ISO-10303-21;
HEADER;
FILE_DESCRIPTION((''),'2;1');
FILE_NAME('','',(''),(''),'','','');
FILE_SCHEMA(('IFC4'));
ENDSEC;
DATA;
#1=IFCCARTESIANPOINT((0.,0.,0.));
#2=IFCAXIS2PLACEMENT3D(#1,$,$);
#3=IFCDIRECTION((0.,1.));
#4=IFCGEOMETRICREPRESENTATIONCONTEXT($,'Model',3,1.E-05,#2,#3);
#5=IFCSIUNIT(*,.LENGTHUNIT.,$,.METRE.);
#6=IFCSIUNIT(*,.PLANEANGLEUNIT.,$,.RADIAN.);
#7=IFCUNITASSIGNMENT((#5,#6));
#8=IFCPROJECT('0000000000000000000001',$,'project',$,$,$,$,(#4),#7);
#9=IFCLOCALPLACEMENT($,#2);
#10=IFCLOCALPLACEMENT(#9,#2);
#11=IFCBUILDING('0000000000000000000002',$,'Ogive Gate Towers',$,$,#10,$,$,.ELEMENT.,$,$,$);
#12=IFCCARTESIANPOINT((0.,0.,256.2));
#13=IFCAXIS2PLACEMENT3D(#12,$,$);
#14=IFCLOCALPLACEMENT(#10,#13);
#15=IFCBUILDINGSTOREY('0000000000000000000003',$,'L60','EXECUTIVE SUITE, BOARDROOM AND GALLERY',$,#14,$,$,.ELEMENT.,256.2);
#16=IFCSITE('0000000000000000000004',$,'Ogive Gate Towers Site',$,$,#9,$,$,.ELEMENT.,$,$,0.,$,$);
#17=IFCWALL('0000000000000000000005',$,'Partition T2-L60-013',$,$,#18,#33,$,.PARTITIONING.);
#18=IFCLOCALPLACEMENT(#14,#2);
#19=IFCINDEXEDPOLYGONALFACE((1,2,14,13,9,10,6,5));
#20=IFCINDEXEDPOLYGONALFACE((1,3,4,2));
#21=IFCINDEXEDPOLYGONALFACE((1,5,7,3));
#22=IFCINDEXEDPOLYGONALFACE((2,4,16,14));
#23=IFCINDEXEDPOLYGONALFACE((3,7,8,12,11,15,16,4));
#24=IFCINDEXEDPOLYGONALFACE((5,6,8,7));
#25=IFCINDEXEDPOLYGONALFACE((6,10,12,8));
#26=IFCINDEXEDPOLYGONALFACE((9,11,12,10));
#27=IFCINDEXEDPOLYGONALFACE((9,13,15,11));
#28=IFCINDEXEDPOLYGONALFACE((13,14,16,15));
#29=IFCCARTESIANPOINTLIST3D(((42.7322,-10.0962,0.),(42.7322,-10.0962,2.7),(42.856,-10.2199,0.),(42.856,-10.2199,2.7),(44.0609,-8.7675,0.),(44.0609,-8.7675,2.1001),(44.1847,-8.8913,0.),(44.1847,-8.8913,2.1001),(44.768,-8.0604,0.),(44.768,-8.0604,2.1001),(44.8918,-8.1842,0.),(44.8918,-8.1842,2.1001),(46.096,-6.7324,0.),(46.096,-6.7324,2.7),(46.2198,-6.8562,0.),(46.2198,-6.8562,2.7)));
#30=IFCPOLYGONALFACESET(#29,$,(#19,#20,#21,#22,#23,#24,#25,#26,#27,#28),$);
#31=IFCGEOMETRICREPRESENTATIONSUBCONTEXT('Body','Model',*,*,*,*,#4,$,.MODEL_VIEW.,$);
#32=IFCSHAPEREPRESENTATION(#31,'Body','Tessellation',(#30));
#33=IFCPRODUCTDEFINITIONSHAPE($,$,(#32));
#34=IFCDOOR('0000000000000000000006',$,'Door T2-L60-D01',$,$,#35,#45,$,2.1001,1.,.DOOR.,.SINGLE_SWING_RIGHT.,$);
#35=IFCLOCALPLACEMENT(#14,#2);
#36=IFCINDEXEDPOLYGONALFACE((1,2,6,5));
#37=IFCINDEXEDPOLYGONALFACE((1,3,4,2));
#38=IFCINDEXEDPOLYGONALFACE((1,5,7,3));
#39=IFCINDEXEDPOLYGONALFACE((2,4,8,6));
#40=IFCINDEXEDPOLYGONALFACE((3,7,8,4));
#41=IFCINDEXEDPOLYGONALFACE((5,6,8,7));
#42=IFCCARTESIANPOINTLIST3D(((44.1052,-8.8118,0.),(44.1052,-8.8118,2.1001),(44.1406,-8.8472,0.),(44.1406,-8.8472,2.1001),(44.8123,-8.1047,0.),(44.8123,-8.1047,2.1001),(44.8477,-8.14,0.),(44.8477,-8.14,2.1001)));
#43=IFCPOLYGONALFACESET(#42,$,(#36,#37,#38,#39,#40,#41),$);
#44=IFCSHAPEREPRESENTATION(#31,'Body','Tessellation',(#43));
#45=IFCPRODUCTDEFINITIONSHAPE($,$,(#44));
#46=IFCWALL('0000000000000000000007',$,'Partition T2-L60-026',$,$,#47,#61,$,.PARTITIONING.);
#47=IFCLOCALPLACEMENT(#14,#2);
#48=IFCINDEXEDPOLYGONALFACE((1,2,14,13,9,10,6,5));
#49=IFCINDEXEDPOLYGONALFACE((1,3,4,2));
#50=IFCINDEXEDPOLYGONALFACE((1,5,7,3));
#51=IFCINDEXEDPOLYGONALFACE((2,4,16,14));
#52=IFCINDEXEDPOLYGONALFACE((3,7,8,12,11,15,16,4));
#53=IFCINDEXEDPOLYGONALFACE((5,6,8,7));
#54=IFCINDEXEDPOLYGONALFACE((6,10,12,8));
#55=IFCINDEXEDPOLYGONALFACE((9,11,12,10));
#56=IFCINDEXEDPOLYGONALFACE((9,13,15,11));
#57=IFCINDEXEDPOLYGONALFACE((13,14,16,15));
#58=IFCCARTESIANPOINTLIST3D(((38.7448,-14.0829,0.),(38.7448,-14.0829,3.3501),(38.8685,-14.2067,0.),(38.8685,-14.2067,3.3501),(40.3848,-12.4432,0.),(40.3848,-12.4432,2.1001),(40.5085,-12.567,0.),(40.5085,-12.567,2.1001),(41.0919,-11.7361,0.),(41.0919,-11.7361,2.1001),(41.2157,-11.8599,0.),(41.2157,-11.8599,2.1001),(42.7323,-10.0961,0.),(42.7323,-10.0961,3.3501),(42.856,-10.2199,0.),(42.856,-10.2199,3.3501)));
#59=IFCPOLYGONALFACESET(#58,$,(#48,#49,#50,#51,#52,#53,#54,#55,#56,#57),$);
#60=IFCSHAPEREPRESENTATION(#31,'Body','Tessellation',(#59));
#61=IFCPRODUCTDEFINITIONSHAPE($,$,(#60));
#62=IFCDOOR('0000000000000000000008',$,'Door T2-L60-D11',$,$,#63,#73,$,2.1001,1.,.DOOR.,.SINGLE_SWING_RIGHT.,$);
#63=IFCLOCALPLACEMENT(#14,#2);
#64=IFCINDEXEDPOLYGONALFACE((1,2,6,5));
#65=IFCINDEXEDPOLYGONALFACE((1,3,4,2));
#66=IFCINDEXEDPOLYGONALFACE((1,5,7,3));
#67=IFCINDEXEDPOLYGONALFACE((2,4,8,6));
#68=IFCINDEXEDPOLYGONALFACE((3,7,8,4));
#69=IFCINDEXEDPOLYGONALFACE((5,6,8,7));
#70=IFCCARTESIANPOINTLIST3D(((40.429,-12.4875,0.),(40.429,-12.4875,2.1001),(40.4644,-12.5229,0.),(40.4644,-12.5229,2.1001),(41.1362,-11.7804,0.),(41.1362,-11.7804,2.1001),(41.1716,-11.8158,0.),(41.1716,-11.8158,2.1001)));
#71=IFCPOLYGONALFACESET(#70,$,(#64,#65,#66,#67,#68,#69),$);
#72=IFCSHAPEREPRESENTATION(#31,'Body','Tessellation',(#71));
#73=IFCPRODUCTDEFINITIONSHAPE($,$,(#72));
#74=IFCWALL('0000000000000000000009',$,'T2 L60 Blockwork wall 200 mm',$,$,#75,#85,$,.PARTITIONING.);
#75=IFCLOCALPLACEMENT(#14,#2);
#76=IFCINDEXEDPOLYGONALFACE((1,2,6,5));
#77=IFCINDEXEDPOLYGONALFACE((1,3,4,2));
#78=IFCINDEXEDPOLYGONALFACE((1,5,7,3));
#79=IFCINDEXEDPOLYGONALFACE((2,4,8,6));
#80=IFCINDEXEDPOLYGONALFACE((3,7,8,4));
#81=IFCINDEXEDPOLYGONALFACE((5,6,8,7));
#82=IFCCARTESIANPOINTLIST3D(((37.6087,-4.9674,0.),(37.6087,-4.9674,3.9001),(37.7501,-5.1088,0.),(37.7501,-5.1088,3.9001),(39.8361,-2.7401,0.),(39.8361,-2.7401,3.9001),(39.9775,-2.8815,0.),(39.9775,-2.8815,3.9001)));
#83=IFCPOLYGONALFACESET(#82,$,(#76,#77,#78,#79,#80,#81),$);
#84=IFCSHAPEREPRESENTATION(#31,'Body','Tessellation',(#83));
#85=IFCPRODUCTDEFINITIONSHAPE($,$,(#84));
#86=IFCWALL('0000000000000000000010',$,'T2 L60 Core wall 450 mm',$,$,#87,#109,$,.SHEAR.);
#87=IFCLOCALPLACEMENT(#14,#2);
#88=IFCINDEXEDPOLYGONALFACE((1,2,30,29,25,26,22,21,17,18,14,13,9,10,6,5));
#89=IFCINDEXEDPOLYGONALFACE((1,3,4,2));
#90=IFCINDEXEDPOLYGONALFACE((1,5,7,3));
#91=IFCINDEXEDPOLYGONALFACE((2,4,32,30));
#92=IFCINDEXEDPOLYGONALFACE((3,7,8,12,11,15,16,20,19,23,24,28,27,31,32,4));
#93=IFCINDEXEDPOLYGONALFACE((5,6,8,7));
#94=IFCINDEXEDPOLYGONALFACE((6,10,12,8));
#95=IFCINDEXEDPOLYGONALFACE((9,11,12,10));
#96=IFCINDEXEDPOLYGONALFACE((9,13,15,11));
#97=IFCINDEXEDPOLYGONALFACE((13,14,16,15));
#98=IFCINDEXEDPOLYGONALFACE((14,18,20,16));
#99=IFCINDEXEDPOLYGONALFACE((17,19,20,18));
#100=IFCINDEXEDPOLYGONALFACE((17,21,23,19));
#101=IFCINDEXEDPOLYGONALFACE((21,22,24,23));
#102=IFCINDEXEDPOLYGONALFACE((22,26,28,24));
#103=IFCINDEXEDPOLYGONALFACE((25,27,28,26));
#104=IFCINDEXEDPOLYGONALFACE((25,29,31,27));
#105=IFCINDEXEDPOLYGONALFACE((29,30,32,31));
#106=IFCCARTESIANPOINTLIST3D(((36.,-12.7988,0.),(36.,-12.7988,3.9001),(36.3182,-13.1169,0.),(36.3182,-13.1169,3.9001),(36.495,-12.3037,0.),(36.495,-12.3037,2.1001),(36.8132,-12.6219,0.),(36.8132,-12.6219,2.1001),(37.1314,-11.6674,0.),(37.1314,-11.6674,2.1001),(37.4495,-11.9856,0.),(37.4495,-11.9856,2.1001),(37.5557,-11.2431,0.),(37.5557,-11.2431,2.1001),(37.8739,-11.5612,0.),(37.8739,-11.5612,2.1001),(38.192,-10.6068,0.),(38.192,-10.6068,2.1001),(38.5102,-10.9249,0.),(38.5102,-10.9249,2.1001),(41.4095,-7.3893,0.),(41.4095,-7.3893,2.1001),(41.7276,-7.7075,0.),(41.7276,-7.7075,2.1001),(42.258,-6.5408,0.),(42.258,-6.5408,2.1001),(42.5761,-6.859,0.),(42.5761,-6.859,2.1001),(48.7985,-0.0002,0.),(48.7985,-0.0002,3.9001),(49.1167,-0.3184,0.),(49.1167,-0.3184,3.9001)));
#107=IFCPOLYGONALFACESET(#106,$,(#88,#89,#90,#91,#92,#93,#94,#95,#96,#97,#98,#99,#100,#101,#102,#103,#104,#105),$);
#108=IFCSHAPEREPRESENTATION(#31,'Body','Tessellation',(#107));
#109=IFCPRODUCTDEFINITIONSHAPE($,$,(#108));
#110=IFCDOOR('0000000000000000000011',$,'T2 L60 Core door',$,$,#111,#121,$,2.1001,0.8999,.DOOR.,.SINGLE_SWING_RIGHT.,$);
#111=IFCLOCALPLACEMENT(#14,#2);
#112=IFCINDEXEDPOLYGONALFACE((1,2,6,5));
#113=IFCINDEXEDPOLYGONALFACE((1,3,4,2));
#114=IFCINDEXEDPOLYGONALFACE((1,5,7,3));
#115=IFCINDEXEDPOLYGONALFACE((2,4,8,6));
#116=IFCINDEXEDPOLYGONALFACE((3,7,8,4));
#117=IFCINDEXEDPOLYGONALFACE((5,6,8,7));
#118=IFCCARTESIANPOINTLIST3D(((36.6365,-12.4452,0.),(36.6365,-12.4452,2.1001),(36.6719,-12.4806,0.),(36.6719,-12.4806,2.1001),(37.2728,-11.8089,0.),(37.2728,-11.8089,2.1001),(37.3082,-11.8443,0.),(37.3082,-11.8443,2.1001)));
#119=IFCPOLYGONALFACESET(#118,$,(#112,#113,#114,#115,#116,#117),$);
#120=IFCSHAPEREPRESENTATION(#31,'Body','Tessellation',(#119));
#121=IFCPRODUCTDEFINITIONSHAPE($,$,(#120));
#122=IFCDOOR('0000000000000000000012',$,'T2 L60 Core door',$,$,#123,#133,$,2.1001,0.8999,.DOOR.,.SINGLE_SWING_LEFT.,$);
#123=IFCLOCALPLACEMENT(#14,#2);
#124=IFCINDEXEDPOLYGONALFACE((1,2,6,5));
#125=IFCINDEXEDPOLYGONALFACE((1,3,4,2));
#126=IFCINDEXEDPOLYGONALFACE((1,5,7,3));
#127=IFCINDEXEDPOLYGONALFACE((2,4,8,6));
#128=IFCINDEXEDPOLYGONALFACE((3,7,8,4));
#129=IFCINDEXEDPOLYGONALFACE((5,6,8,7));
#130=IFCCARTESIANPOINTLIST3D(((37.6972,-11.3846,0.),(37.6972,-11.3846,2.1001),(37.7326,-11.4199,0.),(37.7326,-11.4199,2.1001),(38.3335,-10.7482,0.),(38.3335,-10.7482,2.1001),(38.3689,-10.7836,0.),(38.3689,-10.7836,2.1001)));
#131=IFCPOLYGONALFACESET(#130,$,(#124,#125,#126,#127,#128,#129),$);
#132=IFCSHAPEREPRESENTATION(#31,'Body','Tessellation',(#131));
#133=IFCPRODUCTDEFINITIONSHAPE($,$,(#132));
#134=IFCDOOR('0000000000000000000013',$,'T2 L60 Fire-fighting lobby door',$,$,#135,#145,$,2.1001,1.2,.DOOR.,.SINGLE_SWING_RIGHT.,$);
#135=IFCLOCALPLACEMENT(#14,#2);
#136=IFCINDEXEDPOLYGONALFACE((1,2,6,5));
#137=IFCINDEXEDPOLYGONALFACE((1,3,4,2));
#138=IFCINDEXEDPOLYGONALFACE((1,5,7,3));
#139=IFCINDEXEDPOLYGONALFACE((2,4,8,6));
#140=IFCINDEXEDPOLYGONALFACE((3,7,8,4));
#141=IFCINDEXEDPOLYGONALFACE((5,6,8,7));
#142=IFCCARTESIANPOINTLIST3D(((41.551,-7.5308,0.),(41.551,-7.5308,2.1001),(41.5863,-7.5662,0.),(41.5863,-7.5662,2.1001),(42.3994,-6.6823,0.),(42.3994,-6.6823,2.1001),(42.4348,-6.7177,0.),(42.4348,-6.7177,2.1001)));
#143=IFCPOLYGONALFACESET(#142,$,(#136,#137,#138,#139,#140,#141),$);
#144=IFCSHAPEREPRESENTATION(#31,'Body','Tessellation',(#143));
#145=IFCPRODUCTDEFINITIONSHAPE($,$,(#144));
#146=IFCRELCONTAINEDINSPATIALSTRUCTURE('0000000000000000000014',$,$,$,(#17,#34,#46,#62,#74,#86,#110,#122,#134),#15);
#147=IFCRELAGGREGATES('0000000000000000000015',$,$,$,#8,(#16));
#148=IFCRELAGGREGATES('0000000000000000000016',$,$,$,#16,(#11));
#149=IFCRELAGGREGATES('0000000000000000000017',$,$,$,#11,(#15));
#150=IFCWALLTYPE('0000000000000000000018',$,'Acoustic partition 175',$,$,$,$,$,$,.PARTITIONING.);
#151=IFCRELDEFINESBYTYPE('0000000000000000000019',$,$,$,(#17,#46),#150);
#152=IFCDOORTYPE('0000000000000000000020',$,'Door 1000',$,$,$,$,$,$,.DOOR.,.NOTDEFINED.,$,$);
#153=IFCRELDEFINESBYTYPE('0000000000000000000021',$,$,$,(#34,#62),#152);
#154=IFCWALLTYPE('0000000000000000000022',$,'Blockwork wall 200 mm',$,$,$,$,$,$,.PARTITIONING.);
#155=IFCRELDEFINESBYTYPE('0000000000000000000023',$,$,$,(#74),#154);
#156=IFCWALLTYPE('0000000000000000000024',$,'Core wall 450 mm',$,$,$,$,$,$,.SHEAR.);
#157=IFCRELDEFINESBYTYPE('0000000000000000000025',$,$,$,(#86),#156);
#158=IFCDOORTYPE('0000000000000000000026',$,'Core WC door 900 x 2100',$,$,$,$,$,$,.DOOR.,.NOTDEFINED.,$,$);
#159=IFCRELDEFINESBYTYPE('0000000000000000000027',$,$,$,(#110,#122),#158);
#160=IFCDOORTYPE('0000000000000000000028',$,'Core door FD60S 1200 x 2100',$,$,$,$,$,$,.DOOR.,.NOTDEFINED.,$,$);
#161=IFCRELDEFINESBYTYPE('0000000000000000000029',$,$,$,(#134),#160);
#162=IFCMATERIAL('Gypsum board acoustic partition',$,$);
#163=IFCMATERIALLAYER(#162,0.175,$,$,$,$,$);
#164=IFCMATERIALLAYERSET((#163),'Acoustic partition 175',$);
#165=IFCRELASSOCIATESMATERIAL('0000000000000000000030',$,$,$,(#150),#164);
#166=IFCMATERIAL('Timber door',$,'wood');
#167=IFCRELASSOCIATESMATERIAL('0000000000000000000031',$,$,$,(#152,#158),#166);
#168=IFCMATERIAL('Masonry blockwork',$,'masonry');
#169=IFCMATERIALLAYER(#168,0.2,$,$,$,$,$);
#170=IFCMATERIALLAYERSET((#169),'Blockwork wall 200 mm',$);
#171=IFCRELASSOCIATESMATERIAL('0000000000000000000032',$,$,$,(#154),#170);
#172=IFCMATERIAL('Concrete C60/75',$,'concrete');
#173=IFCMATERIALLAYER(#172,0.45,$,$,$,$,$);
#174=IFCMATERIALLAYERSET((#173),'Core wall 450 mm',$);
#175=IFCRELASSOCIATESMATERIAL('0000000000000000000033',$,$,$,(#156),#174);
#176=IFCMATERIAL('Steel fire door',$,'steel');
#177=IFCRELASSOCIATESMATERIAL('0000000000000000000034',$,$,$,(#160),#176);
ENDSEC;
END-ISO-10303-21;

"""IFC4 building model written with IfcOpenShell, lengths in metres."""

from ifc_helpers import new_model, si_unit, direction, frame, frame_2d, origin, place, context, subcontext, project, spatial, rectangle, extrude, material, layer, layer_set, type_object, element, fill, save


model = new_model("IFC4")

# Units and contexts
model_context = context("Model", 3, precision=1e-05, world=origin(), true_north=direction((0.0, 1.0)))
body_context = subcontext(model_context, "Body", "Model", "MODEL_VIEW")
ifc_project = project(units=[si_unit("LENGTHUNIT", "METRE"), si_unit("PLANEANGLEUNIT", "RADIAN")], contexts=[model_context])

# Site, building, storey
site_placement = place(None, origin())
site = spatial("IfcSite", under=ifc_project, at=site_placement, Name="Ogive Gate Towers Site", CompositionType="ELEMENT", RefElevation=0.0)
building_placement = place(site_placement, origin())
building = spatial("IfcBuilding", under=site, at=building_placement, Name="Ogive Gate Towers", CompositionType="ELEMENT")
storey_placement = place(building_placement, frame((0.0, 0.0, 256.2)))
storey = spatial("IfcBuildingStorey", under=building, at=storey_placement, Name="L60", Description="EXECUTIVE SUITE, BOARDROOM AND GALLERY", CompositionType="ELEMENT", Elevation=256.2)

# Walls, openings, doors
ifc_material_1 = material(Name="Gypsum board acoustic partition")
ifc_layer_1 = layer(ifc_material_1, 0.175)
ifc_layer_set_1 = layer_set([ifc_layer_1], Name="Acoustic partition 175")
wall_type_1 = type_object("IfcWallType", Name="Acoustic partition 175", PredefinedType="PARTITIONING", material=ifc_layer_set_1)
wall_1_placement = place(storey_placement, frame((42.7942, -10.158, 0.0), z_axis=(0.0, 0.0, 1.0), x_axis=(0.707107, 0.707107, 0.0)))
wall_1 = element("IfcWall", 1, at=wall_1_placement, inside=storey, type_object=wall_type_1, Name="Partition T2-L60-013", PredefinedType="PARTITIONING", context=body_context, shape_type="SweptSolid", body=[
    extrude(rectangle(XDim=4.7571, YDim=0.175, at=frame_2d((2.3784, 0.0))), origin(), (0.0, 0.0, 1.0), 2.7),
])
opening_1_placement = place(wall_1_placement, frame((1.8789, 0.0, 0.0)))
opening_1 = element("IfcOpeningElement", 2, at=opening_1_placement, cuts=wall_1, PredefinedType="OPENING", context=body_context, shape_type="SweptSolid", body=[
    extrude(rectangle(XDim=1.0, YDim=2.1001, at=frame_2d((0.5, 1.05))), frame((0.0, 0.0977, 0.0), z_axis=(0.0, -1.0, 0.0), x_axis=(1.0, 0.0, 0.0)), (0.0, 0.0, 1.0), 0.1951),
])
ifc_material_2 = material(Name="Timber door", Category="wood")
door_type_1 = type_object("IfcDoorType", Name="Door 1000", OperationType="NOTDEFINED", PredefinedType="DOOR", material=ifc_material_2)
door_1_placement = place(opening_1_placement, origin())
door_1 = element("IfcDoor", 3, at=door_1_placement, inside=storey, type_object=door_type_1, Name="Door T2-L60-D01", OperationType="SINGLE_SWING_RIGHT", OverallHeight=2.1001, OverallWidth=1.0, PredefinedType="DOOR", context=body_context, shape_type="SweptSolid", body=[
    extrude(rectangle(XDim=1.0, YDim=2.1001, at=frame_2d((0.5, 1.05))), frame((0.0, 0.0249, 0.0), z_axis=(0.0, -1.0, 0.0), x_axis=(1.0, 0.0, 0.0)), (0.0, 0.0, 1.0), 0.05),
])
fill(opening_1, door_1)
wall_2_placement = place(storey_placement, frame((38.8066, -14.1448, 0.0), z_axis=(0.0, 0.0, 1.0), x_axis=(0.707172, 0.707042, 0.0)))
wall_2 = element("IfcWall", 4, at=wall_2_placement, inside=storey, type_object=wall_type_1, Name="Partition T2-L60-026", PredefinedType="PARTITIONING", context=body_context, shape_type="SweptSolid", body=[
    extrude(rectangle(XDim=5.6387, YDim=0.175, at=frame_2d((2.8193, 0.0))), origin(), (0.0, 0.0, 1.0), 3.3501),
])
opening_2_placement = place(wall_2_placement, frame((2.3191, 0.0, 0.0)))
opening_2 = element("IfcOpeningElement", 5, at=opening_2_placement, cuts=wall_2, PredefinedType="OPENING", context=body_context, shape_type="SweptSolid", body=[
    extrude(rectangle(XDim=1.0, YDim=2.1001, at=frame_2d((0.5, 1.05))), frame((0.0, 0.0977, 0.0), z_axis=(0.0, -1.0, 0.0), x_axis=(1.0, 0.0, 0.0)), (0.0, 0.0, 1.0), 0.1951),
])
door_2_placement = place(opening_2_placement, origin())
door_2 = element("IfcDoor", 6, at=door_2_placement, inside=storey, type_object=door_type_1, Name="Door T2-L60-D11", OperationType="SINGLE_SWING_RIGHT", OverallHeight=2.1001, OverallWidth=1.0, PredefinedType="DOOR", context=body_context, shape_type="SweptSolid", body=[
    extrude(rectangle(XDim=1.0, YDim=2.1001, at=frame_2d((0.5, 1.05))), frame((0.0, 0.0249, 0.0), z_axis=(0.0, -1.0, 0.0), x_axis=(1.0, 0.0, 0.0)), (0.0, 0.0, 1.0), 0.05),
])
fill(opening_2, door_2)

# Wall
ifc_material_3 = material(Name="Masonry blockwork", Category="masonry")
ifc_layer_2 = layer(ifc_material_3, 0.2)
ifc_layer_set_2 = layer_set([ifc_layer_2], Name="Blockwork wall 200 mm")
wall_type_2 = type_object("IfcWallType", Name="Blockwork wall 200 mm", PredefinedType="PARTITIONING", material=ifc_layer_set_2)
wall_3_placement = place(storey_placement, frame((37.6794, -5.0381, 0.0), z_axis=(0.0, 0.0, 1.0), x_axis=(0.707107, 0.707107, 0.0)))
element("IfcWall", 7, at=wall_3_placement, inside=storey, type_object=wall_type_2, Name="T2 L60 Blockwork wall 200 mm", PredefinedType="PARTITIONING", context=body_context, shape_type="SweptSolid", body=[
    extrude(rectangle(XDim=3.1499, YDim=0.2, at=frame_2d((1.575, 0.0))), origin(), (0.0, 0.0, 1.0), 3.9001),
])

# Wall, openings, doors
ifc_material_4 = material(Name="Concrete C60/75", Category="concrete")
ifc_layer_3 = layer(ifc_material_4, 0.45)
ifc_layer_set_3 = layer_set([ifc_layer_3], Name="Core wall 450 mm")
wall_type_3 = type_object("IfcWallType", Name="Core wall 450 mm", PredefinedType="SHEAR", material=ifc_layer_set_3)
wall_4_placement = place(storey_placement, frame((36.1592, -12.9578, 0.0), z_axis=(0.0, 0.0, 1.0), x_axis=(0.707107, 0.707107, 0.0)))
wall_4 = element("IfcWall", 8, at=wall_4_placement, inside=storey, type_object=wall_type_3, Name="T2 L60 Core wall 450 mm", PredefinedType="SHEAR", context=body_context, shape_type="SweptSolid", body=[
    extrude(rectangle(XDim=18.0999, YDim=0.45, at=frame_2d((9.0498, 0.0))), origin(), (0.0, 0.0, 1.0), 3.9001),
])
opening_3_placement = place(wall_4_placement, frame((7.6499, 0.0, 0.0)))
opening_3 = element("IfcOpeningElement", 9, at=opening_3_placement, cuts=wall_4, PredefinedType="OPENING", context=body_context, shape_type="SweptSolid", body=[
    extrude(rectangle(XDim=1.2, YDim=2.1001, at=frame_2d((0.6001, 1.05))), frame((0.0, 0.2349, 0.0), z_axis=(0.0, -1.0, 0.0), x_axis=(1.0, 0.0, 0.0)), (0.0, 0.0, 1.0), 0.47),
])
opening_4_placement = place(wall_4_placement, frame((0.7, 0.0, 0.0)))
opening_4 = element("IfcOpeningElement", 10, at=opening_4_placement, cuts=wall_4, PredefinedType="OPENING", context=body_context, shape_type="SweptSolid", body=[
    extrude(rectangle(XDim=0.8999, YDim=2.1001, at=frame_2d((0.45, 1.05))), frame((0.0, 0.2349, 0.0), z_axis=(0.0, -1.0, 0.0), x_axis=(1.0, 0.0, 0.0)), (0.0, 0.0, 1.0), 0.47),
])
opening_5_placement = place(wall_4_placement, frame((2.2, 0.0, 0.0)))
opening_5 = element("IfcOpeningElement", 11, at=opening_5_placement, cuts=wall_4, PredefinedType="OPENING", context=body_context, shape_type="SweptSolid", body=[
    extrude(rectangle(XDim=0.8999, YDim=2.1001, at=frame_2d((0.45, 1.05))), frame((0.0, 0.2349, 0.0), z_axis=(0.0, -1.0, 0.0), x_axis=(1.0, 0.0, 0.0)), (0.0, 0.0, 1.0), 0.47),
])
door_type_2 = type_object("IfcDoorType", Name="Core WC door 900 x 2100", OperationType="NOTDEFINED", PredefinedType="DOOR", material=ifc_material_2)
door_3_placement = place(opening_4_placement, origin())
door_3 = element("IfcDoor", 12, at=door_3_placement, inside=storey, type_object=door_type_2, Name="T2 L60 Core door", OperationType="SINGLE_SWING_RIGHT", OverallHeight=2.1001, OverallWidth=0.8999, PredefinedType="DOOR", context=body_context, shape_type="SweptSolid", body=[
    extrude(rectangle(XDim=0.8999, YDim=2.1001, at=frame_2d((0.45, 1.05))), frame((0.0, 0.0249, 0.0), z_axis=(0.0, -1.0, 0.0), x_axis=(1.0, 0.0, 0.0)), (0.0, 0.0, 1.0), 0.05),
])
fill(opening_4, door_3)
door_4_placement = place(opening_5_placement, origin())
door_4 = element("IfcDoor", 13, at=door_4_placement, inside=storey, type_object=door_type_2, Name="T2 L60 Core door", OperationType="SINGLE_SWING_LEFT", OverallHeight=2.1001, OverallWidth=0.8999, PredefinedType="DOOR", context=body_context, shape_type="SweptSolid", body=[
    extrude(rectangle(XDim=0.8999, YDim=2.1001, at=frame_2d((0.45, 1.05))), frame((0.0, 0.0249, 0.0), z_axis=(0.0, -1.0, 0.0), x_axis=(1.0, 0.0, 0.0)), (0.0, 0.0, 1.0), 0.05),
])
fill(opening_5, door_4)
ifc_material_5 = material(Name="Steel fire door", Category="steel")
door_type_3 = type_object("IfcDoorType", Name="Core door FD60S 1200 x 2100", OperationType="NOTDEFINED", PredefinedType="DOOR", material=ifc_material_5)
door_5_placement = place(opening_3_placement, origin())
door_5 = element("IfcDoor", 14, at=door_5_placement, inside=storey, type_object=door_type_3, Name="T2 L60 Fire-fighting lobby door", OperationType="SINGLE_SWING_RIGHT", OverallHeight=2.1001, OverallWidth=1.2, PredefinedType="DOOR", context=body_context, shape_type="SweptSolid", body=[
    extrude(rectangle(XDim=1.2, YDim=2.1001, at=frame_2d((0.6001, 1.05))), frame((0.0, 0.0249, 0.0), z_axis=(0.0, -1.0, 0.0), x_axis=(1.0, 0.0, 0.0)), (0.0, 0.0, 1.0), 0.05),
])
fill(opening_3, door_5)

save(model, "model.ifc")
